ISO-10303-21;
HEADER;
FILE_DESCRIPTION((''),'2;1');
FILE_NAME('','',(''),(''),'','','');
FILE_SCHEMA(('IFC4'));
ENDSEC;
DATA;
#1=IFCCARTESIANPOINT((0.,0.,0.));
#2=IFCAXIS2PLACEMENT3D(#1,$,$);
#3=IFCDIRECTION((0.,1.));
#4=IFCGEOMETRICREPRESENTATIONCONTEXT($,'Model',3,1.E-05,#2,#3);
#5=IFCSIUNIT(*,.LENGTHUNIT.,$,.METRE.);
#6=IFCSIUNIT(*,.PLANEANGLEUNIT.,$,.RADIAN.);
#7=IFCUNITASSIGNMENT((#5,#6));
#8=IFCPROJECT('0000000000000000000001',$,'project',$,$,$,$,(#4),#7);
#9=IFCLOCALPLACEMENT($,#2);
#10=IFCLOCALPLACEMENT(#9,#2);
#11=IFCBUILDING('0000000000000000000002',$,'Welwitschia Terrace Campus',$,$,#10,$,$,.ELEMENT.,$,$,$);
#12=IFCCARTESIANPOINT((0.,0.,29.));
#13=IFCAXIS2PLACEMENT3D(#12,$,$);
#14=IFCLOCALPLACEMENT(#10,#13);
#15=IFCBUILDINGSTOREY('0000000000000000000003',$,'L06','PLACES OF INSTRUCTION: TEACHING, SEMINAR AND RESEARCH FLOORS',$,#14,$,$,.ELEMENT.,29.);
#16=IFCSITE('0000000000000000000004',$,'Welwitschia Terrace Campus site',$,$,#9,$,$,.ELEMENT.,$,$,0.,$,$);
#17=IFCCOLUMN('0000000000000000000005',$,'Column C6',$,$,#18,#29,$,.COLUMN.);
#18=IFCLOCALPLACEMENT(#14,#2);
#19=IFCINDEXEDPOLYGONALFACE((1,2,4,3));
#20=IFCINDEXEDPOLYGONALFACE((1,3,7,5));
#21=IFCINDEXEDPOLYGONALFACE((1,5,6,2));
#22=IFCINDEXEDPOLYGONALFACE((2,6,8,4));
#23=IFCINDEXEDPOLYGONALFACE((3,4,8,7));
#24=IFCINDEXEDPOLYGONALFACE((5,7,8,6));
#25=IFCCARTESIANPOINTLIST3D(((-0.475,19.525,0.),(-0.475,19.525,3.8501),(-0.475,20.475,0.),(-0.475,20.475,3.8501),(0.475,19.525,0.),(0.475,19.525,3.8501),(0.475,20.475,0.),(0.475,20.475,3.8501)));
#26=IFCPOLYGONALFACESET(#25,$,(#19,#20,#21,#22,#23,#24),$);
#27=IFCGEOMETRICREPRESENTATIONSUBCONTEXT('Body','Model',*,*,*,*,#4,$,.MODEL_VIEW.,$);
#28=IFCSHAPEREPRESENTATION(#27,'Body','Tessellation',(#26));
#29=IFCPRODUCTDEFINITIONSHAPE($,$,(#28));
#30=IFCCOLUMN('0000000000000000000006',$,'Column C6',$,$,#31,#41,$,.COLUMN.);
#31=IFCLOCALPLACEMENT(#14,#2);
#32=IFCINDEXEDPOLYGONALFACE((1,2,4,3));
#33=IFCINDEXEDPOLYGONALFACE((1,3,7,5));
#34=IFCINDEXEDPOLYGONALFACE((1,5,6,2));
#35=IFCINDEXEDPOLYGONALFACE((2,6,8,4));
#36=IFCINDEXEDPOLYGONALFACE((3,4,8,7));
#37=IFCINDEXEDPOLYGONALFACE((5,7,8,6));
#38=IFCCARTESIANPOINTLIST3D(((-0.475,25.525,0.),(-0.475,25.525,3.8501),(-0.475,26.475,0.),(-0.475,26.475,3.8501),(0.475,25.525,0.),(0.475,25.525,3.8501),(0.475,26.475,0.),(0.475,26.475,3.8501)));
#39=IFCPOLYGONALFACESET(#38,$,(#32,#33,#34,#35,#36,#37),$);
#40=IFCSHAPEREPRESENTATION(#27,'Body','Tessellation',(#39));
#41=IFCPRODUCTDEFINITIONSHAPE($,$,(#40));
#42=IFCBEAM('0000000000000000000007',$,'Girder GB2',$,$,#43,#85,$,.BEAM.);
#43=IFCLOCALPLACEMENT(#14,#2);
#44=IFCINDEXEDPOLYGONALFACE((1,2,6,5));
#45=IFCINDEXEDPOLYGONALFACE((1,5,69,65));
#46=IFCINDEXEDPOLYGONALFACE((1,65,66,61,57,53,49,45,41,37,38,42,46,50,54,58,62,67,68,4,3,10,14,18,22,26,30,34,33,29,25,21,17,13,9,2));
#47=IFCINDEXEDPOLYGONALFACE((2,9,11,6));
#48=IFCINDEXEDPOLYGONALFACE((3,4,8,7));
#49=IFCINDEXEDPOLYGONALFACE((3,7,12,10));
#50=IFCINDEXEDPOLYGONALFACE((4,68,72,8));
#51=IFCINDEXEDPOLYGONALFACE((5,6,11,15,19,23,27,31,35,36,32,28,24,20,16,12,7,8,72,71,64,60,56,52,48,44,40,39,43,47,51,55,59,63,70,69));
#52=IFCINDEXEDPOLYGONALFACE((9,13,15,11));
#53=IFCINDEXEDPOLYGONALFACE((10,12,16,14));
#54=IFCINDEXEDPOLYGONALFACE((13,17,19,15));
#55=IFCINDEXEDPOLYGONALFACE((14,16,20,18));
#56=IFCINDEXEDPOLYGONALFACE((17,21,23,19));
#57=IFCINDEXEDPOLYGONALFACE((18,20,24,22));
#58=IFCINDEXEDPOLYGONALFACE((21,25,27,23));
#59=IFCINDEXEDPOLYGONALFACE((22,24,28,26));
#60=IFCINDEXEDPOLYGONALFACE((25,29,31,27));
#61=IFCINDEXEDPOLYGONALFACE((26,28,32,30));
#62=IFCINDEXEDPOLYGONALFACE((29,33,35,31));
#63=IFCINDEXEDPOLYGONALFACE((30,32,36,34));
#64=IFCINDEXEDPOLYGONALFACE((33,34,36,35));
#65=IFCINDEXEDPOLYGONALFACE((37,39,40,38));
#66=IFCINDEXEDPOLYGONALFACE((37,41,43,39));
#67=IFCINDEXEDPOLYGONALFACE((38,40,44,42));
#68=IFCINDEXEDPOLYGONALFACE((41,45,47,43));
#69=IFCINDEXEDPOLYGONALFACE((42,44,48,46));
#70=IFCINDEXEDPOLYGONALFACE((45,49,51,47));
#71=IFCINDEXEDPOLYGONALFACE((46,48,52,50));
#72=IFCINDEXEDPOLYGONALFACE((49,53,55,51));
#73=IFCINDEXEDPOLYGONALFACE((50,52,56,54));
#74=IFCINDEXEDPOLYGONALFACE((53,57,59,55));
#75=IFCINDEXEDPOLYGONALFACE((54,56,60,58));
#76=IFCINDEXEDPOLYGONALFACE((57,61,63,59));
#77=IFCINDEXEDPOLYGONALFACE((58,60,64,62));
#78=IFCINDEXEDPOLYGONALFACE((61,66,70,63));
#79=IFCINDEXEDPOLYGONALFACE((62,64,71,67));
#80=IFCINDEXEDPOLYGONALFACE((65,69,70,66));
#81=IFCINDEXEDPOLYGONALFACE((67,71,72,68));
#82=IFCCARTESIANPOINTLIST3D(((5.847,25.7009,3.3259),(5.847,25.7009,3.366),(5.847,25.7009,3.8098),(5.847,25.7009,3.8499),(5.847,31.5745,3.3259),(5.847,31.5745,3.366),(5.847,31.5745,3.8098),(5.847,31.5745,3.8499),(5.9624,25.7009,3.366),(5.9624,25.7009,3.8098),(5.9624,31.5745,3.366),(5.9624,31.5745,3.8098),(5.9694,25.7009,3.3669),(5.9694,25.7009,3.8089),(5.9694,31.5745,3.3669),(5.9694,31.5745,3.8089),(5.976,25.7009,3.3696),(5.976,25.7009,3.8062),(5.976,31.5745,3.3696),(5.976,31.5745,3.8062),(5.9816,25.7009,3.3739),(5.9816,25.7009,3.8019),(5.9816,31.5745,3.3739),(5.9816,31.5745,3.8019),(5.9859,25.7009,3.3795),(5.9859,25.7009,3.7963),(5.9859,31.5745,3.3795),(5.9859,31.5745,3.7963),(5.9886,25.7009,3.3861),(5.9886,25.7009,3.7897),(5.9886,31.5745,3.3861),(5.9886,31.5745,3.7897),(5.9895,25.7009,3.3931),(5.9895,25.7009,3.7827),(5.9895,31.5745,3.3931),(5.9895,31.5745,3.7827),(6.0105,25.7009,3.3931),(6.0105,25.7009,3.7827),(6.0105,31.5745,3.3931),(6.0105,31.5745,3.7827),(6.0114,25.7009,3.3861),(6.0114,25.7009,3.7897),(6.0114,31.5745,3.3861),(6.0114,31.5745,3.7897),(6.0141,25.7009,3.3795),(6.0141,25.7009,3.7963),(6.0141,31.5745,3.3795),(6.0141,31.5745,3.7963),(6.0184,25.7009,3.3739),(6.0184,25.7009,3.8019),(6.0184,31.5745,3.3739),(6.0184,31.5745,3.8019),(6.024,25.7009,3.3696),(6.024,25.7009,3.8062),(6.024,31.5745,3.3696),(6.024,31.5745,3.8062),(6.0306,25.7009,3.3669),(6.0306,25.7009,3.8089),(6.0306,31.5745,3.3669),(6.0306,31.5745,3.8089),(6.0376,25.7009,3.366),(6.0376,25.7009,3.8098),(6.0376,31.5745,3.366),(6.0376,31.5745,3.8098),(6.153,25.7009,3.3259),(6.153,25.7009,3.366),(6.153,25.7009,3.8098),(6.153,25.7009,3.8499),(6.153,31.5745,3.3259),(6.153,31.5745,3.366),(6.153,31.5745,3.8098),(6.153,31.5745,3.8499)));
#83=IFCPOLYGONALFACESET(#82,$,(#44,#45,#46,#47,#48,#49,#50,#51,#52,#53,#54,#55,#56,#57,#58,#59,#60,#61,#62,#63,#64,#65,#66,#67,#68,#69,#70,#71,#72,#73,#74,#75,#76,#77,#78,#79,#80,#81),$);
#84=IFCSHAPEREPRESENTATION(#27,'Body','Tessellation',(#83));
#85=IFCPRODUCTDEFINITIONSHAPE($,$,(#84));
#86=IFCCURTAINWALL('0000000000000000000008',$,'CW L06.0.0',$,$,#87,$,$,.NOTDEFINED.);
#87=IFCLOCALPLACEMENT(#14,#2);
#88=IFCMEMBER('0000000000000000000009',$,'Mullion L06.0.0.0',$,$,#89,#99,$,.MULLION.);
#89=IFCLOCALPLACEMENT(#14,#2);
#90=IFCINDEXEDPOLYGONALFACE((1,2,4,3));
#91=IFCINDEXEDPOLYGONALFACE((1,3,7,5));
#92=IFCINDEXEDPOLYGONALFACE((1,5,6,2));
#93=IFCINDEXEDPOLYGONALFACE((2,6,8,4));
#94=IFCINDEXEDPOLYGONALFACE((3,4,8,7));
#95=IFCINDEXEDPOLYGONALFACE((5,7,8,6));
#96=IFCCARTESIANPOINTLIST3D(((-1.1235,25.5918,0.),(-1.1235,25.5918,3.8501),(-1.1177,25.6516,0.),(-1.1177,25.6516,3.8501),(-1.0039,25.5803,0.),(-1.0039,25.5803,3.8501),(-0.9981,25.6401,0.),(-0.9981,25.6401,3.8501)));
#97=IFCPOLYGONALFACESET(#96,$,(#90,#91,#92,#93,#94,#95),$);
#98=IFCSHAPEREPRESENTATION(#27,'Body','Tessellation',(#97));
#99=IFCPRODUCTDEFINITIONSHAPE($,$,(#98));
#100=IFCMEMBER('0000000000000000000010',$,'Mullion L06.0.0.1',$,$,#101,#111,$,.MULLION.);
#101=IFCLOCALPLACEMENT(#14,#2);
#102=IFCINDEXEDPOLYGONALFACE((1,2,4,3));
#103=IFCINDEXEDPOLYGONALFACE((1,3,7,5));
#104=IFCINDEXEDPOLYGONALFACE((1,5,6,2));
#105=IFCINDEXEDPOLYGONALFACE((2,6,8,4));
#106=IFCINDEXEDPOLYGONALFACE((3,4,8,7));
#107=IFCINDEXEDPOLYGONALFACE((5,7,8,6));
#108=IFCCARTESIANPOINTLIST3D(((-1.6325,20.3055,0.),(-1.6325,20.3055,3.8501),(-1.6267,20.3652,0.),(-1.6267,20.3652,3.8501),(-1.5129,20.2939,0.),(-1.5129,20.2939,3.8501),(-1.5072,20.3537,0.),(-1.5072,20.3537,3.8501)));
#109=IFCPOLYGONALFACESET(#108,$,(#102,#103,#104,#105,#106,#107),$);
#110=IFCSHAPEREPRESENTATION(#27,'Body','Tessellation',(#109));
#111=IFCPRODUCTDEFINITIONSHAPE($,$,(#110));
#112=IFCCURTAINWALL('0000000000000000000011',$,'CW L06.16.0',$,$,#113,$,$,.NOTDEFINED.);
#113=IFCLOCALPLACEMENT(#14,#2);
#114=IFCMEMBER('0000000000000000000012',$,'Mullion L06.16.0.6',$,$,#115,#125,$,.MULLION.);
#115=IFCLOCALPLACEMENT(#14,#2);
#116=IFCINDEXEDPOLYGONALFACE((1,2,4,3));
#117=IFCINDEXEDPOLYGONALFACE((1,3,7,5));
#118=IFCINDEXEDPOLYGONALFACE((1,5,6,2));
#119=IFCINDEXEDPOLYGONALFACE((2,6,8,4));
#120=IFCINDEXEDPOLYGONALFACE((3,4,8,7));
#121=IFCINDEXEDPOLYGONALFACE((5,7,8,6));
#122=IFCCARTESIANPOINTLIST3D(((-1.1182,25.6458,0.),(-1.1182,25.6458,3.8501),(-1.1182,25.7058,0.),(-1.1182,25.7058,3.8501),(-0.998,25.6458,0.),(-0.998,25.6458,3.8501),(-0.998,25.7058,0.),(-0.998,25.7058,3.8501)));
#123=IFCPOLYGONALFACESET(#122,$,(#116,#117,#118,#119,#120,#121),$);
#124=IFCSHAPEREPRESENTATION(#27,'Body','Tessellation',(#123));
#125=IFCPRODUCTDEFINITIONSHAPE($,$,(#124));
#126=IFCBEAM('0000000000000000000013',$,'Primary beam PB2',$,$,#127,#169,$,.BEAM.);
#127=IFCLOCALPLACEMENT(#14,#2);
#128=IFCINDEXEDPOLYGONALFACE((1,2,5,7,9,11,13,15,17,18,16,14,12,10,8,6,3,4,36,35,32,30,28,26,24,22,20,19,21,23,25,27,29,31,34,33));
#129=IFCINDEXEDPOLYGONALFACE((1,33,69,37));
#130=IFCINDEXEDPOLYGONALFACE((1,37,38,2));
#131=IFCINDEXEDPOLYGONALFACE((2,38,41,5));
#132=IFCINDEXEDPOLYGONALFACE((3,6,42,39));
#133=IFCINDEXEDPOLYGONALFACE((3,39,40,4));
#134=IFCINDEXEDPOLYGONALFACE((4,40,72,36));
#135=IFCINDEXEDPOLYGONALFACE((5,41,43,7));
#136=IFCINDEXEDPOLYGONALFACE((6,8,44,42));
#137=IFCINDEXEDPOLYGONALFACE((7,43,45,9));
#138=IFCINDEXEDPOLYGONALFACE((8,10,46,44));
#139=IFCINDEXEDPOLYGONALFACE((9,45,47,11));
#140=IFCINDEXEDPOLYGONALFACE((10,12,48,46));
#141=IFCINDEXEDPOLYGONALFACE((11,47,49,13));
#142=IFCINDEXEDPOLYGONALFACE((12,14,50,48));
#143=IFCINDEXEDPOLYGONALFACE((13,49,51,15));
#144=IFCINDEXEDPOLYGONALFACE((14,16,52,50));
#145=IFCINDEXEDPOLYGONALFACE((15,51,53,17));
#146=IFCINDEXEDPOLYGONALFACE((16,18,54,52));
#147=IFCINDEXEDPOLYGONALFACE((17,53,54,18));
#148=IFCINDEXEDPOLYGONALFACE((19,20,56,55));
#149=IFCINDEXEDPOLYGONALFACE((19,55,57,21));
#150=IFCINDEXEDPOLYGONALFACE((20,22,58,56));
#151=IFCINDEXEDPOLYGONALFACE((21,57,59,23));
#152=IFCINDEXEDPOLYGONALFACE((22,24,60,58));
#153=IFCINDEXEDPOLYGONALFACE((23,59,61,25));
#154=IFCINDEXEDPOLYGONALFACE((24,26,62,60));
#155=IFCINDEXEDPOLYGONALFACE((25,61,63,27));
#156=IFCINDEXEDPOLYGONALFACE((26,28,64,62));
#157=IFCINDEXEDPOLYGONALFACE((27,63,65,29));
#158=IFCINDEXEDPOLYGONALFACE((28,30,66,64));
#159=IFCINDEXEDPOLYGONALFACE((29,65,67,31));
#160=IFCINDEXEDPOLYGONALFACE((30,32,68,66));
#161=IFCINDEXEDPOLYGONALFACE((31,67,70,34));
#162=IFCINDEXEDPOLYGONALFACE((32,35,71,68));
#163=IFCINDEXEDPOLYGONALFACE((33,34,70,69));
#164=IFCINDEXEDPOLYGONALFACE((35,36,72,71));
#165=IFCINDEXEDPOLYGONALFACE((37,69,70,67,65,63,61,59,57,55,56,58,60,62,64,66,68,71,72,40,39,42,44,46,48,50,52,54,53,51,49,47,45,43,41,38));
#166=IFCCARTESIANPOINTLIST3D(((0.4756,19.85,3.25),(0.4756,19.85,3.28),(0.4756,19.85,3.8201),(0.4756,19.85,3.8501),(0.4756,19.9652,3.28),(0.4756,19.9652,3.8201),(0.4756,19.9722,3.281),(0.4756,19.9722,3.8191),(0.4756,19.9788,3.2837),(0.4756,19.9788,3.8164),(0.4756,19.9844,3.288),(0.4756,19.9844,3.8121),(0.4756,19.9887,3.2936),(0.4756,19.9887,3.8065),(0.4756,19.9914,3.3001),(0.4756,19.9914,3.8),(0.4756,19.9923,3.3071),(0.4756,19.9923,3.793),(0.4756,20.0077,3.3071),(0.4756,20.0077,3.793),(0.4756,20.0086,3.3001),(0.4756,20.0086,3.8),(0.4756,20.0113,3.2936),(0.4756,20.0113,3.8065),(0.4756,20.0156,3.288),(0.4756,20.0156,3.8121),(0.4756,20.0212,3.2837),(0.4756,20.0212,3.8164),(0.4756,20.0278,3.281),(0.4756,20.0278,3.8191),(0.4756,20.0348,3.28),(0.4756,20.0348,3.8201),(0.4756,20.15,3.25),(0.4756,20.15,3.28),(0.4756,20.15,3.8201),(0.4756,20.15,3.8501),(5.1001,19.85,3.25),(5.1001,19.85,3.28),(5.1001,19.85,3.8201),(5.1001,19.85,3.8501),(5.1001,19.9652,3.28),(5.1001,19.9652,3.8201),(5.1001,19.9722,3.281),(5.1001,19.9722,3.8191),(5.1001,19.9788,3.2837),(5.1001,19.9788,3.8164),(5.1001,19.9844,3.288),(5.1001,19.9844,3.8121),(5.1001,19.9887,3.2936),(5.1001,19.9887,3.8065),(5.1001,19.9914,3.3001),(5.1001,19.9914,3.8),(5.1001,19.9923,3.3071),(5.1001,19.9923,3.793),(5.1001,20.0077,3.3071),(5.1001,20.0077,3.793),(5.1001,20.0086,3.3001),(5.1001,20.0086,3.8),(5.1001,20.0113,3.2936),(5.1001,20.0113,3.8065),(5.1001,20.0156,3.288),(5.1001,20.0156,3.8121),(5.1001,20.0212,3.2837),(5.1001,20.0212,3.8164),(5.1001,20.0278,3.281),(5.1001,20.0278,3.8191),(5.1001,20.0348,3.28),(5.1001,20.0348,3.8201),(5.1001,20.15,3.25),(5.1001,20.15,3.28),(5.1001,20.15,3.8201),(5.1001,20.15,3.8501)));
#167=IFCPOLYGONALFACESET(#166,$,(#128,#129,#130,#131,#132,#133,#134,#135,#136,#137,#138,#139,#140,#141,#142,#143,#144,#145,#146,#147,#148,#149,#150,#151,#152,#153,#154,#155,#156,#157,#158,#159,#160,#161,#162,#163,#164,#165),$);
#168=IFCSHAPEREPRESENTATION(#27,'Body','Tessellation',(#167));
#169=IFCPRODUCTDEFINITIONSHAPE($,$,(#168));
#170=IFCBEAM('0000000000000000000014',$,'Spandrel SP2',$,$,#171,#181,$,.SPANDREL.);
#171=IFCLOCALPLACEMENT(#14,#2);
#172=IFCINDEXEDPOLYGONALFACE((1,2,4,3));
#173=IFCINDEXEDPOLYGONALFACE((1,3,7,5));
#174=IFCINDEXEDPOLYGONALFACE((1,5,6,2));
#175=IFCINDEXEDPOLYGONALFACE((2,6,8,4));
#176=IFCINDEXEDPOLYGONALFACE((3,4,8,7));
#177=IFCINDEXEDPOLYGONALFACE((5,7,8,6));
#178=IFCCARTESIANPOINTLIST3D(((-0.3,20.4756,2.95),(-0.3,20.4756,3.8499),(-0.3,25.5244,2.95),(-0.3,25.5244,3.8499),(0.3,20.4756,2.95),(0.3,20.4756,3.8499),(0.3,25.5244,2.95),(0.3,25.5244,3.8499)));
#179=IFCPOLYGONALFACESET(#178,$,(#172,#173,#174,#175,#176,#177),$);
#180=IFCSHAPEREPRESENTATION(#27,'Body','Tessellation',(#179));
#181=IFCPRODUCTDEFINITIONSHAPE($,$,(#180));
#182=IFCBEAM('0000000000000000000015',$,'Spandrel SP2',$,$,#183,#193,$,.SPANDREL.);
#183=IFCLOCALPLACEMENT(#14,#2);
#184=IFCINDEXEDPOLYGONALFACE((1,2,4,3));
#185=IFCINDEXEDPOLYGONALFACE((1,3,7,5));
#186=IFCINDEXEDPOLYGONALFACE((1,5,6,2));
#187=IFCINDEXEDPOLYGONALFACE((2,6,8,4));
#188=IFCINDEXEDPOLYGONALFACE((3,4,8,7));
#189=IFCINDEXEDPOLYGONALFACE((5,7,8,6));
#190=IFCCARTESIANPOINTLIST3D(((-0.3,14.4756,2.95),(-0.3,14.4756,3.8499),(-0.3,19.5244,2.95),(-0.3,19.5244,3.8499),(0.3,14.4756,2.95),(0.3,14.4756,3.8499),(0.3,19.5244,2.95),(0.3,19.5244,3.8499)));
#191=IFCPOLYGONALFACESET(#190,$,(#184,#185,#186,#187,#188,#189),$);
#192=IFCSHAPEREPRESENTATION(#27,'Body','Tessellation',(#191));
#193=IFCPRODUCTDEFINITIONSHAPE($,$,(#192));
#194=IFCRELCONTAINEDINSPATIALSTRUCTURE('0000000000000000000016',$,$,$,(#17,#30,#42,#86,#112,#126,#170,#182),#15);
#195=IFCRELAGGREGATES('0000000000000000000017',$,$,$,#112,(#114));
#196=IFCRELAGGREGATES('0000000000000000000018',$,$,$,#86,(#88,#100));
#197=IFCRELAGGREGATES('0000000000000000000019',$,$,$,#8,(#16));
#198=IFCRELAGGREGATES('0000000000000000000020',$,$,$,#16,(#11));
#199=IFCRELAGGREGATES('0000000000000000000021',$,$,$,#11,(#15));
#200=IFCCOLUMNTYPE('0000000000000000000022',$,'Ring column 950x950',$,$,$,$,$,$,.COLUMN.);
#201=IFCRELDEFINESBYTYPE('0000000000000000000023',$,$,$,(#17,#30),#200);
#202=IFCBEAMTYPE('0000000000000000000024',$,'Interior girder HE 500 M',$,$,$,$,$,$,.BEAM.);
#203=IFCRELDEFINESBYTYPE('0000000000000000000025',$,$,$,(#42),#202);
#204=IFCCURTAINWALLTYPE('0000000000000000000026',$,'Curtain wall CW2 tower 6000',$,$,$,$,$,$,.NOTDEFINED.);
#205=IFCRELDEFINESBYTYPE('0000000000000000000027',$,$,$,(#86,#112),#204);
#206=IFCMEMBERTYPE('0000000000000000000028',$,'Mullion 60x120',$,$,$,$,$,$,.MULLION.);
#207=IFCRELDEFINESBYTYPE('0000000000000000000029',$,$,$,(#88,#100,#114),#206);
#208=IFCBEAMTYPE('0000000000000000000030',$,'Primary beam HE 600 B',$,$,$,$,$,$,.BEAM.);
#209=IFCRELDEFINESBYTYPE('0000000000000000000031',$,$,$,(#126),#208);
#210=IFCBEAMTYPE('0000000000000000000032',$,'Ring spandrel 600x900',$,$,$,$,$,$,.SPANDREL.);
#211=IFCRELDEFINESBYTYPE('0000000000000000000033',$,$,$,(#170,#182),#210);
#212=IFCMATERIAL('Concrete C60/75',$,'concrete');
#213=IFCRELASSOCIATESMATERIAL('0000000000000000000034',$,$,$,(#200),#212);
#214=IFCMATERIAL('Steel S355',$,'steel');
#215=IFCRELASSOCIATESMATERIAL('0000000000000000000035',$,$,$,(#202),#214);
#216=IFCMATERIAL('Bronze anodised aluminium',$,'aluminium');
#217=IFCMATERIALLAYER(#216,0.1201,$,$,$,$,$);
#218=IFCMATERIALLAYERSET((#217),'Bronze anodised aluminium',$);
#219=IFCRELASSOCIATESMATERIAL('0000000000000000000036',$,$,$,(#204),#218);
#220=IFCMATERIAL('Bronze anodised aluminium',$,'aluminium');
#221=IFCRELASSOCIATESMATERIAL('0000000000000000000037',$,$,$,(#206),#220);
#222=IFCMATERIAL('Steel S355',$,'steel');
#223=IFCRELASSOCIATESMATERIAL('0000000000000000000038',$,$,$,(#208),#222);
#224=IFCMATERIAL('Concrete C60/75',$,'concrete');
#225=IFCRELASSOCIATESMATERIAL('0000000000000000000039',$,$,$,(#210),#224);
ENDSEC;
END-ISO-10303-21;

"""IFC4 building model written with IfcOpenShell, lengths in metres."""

from ifc_helpers import new_model, si_unit, direction, frame, origin, origin_2d, place, context, subcontext, project, spatial, rectangle, i_section, extrude, material, layer, layer_set, material_profile, profile_set, type_object, element, aggregate, save


model = new_model("IFC4")

# Units and contexts
model_context = context("Model", 3, precision=1e-05, world=origin(), true_north=direction((0.0, 1.0)))
body_context = subcontext(model_context, "Body", "Model", "MODEL_VIEW")
ifc_project = project(units=[si_unit("LENGTHUNIT", "METRE"), si_unit("PLANEANGLEUNIT", "RADIAN")], contexts=[model_context])

# Site, building, storey
site_placement = place(None, origin())
site = spatial("IfcSite", under=ifc_project, at=site_placement, Name="Welwitschia Terrace Campus site", CompositionType="ELEMENT", RefElevation=0.0)
building_placement = place(site_placement, origin())
building = spatial("IfcBuilding", under=site, at=building_placement, Name="Welwitschia Terrace Campus", CompositionType="ELEMENT")
storey_placement = place(building_placement, frame((0.0, 0.0, 29.0)))
storey = spatial("IfcBuildingStorey", under=building, at=storey_placement, Name="L06", Description="PLACES OF INSTRUCTION: TEACHING, SEMINAR AND RESEARCH FLOORS", CompositionType="ELEMENT", Elevation=29.0)

# Columns
ifc_material_1 = material(Name="Concrete C60/75", Category="concrete")
ifc_material_profile_1 = material_profile(ifc_material_1, rectangle(XDim=0.95, YDim=0.95, at=origin_2d()))
ifc_profile_set_1 = profile_set([ifc_material_profile_1], Name="Concrete C60/75")
column_type = type_object("IfcColumnType", Name="Ring column 950x950", PredefinedType="COLUMN", material=ifc_profile_set_1)
for number, where, z_axis, x_axis, name in (
    (1, (0.0, 20.0, 0.0), (0.0, 0.0, 1.0), (1.0, 0.0, 0.0), "Column C6"),
    (2, (0.0, 26.0, 0.0), (0.0, 0.0, 1.0), (1.0, 0.0, 0.0), "Column C6"),
):
    element("IfcColumn", number, at=place(storey_placement, frame(where, z_axis=z_axis, x_axis=x_axis)), inside=storey, type_object=column_type, Name=name, PredefinedType="COLUMN", context=body_context, shape_type="SweptSolid", body=[
        extrude(rectangle(XDim=0.95, YDim=0.95, at=origin_2d()), origin(), (0.0, 0.0, 1.0), 3.8501),
    ])

# Beam
ifc_material_2 = material(Name="Steel S355", Category="steel")
ifc_material_profile_2 = material_profile(ifc_material_2, i_section(OverallWidth=0.3059, OverallDepth=0.5239, WebThickness=0.021, FlangeThickness=0.04, FilletRadius=0.0271, at=origin_2d()))
ifc_profile_set_2 = profile_set([ifc_material_profile_2], Name="Steel S355")
beam_type_1 = type_object("IfcBeamType", Name="Interior girder HE 500 M", PredefinedType="BEAM", material=ifc_profile_set_2)
beam_1_placement = place(storey_placement, frame((6.0, 25.7009, 3.5879), z_axis=(0.0, 1.0, 0.0), x_axis=(-1.0, 0.0, 0.0)))
element("IfcBeam", 3, at=beam_1_placement, inside=storey, type_object=beam_type_1, Name="Girder GB2", PredefinedType="BEAM", context=body_context, shape_type="SweptSolid", body=[
    extrude(i_section(OverallWidth=0.3059, OverallDepth=0.5239, WebThickness=0.021, FlangeThickness=0.04, FilletRadius=0.0271, at=origin_2d()), origin(), (0.0, 0.0, 1.0), 5.8735),
])

# Curtain wall, members
ifc_material_3 = material(Name="Bronze anodised aluminium", Category="aluminium")
ifc_layer_1 = layer(ifc_material_3, 0.1201)
ifc_layer_set_1 = layer_set([ifc_layer_1], Name="Bronze anodised aluminium")
curtain_wall_type = type_object("IfcCurtainWallType", Name="Curtain wall CW2 tower 6000", PredefinedType="NOTDEFINED", material=ifc_layer_set_1)
curtain_wall_1_placement = place(storey_placement, origin())
curtain_wall_1 = element("IfcCurtainWall", 4, at=curtain_wall_1_placement, inside=storey, type_object=curtain_wall_type, Name="CW L06.0.0", PredefinedType="NOTDEFINED")
ifc_material_4 = material(Name="Bronze anodised aluminium", Category="aluminium")
ifc_material_profile_3 = material_profile(ifc_material_4, rectangle(XDim=0.1201, YDim=0.0601, at=origin_2d()))
ifc_profile_set_3 = profile_set([ifc_material_profile_3], Name="Bronze anodised aluminium")
member_type_1 = type_object("IfcMemberType", Name="Mullion 60x120", PredefinedType="MULLION", material=ifc_profile_set_3)
member_1_placement = place(storey_placement, frame((-1.0608, 25.616, 0.0), z_axis=(0.0, 0.0, 1.0), x_axis=(0.995396, -0.095846, 0.0)))
member_1 = element("IfcMember", 5, at=member_1_placement, type_object=member_type_1, Name="Mullion L06.0.0.0", PredefinedType="MULLION", context=body_context, shape_type="SweptSolid", body=[
    extrude(rectangle(XDim=0.1201, YDim=0.0601, at=origin_2d()), origin(), (0.0, 0.0, 1.0), 3.8501),
])
member_2_placement = place(storey_placement, frame((-1.5698, 20.3296, 0.0), z_axis=(0.0, 0.0, 1.0), x_axis=(0.995396, -0.095846, 0.0)))
member_2 = element("IfcMember", 6, at=member_2_placement, type_object=member_type_1, Name="Mullion L06.0.0.1", PredefinedType="MULLION", context=body_context, shape_type="SweptSolid", body=[
    extrude(rectangle(XDim=0.1201, YDim=0.0601, at=origin_2d()), origin(), (0.0, 0.0, 1.0), 3.8501),
])

# Curtain wall, member
curtain_wall_2_placement = place(storey_placement, origin())
curtain_wall_2 = element("IfcCurtainWall", 7, at=curtain_wall_2_placement, inside=storey, type_object=curtain_wall_type, Name="CW L06.16.0", PredefinedType="NOTDEFINED")
member_3_placement = place(storey_placement, frame((-1.0581, 25.6758, 0.0), z_axis=(0.0, 0.0, 1.0), x_axis=(1.0, 0.0, 0.0)))
member_3 = element("IfcMember", 8, at=member_3_placement, type_object=member_type_1, Name="Mullion L06.16.0.6", PredefinedType="MULLION", context=body_context, shape_type="SweptSolid", body=[
    extrude(rectangle(XDim=0.1201, YDim=0.0601, at=origin_2d()), origin(), (0.0, 0.0, 1.0), 3.8501),
])
aggregate(curtain_wall_2, [member_3])

# Beams
ifc_material_5 = material(Name="Steel S355", Category="steel")
ifc_material_profile_4 = material_profile(ifc_material_5, i_section(OverallWidth=0.3, OverallDepth=0.6001, WebThickness=0.0154, FlangeThickness=0.03, FilletRadius=0.0271, at=origin_2d()))
ifc_profile_set_4 = profile_set([ifc_material_profile_4], Name="Steel S355")
beam_type_2 = type_object("IfcBeamType", Name="Primary beam HE 600 B", PredefinedType="BEAM", material=ifc_profile_set_4)
beam_2_placement = place(storey_placement, frame((0.4756, 20.0, 3.55), z_axis=(1.0, 0.0, 0.0), x_axis=(0.0, 1.0, 0.0)))
element("IfcBeam", 9, at=beam_2_placement, inside=storey, type_object=beam_type_2, Name="Primary beam PB2", PredefinedType="BEAM", context=body_context, shape_type="SweptSolid", body=[
    extrude(i_section(OverallWidth=0.3, OverallDepth=0.6001, WebThickness=0.0154, FlangeThickness=0.03, FilletRadius=0.0271, at=origin_2d()), origin(), (0.0, 0.0, 1.0), 4.6245),
])
ifc_material_6 = material(Name="Concrete C60/75", Category="concrete")
ifc_material_profile_5 = material_profile(ifc_material_6, rectangle(XDim=0.6001, YDim=0.8999, at=origin_2d()))
ifc_profile_set_5 = profile_set([ifc_material_profile_5], Name="Concrete C60/75")
beam_type_3 = type_object("IfcBeamType", Name="Ring spandrel 600x900", PredefinedType="SPANDREL", material=ifc_profile_set_5)
for number, where, z_axis, x_axis, name in (
    (10, (0.0, 25.5244, 3.3999), (0.0, -1.0, 0.0), (1.0, 0.0, 0.0), "Spandrel SP2"),
    (11, (0.0, 19.5244, 3.3999), (0.0, -1.0, 0.0), (1.0, 0.0, 0.0), "Spandrel SP2"),
):
    element("IfcBeam", number, at=place(storey_placement, frame(where, z_axis=z_axis, x_axis=x_axis)), inside=storey, type_object=beam_type_3, Name=name, PredefinedType="SPANDREL", context=body_context, shape_type="SweptSolid", body=[
        extrude(rectangle(XDim=0.6001, YDim=0.8999, at=origin_2d()), origin(), (0.0, 0.0, 1.0), 5.0488),
    ])

aggregate(curtain_wall_1, [member_1, member_2])

save(model, "model.ifc")
